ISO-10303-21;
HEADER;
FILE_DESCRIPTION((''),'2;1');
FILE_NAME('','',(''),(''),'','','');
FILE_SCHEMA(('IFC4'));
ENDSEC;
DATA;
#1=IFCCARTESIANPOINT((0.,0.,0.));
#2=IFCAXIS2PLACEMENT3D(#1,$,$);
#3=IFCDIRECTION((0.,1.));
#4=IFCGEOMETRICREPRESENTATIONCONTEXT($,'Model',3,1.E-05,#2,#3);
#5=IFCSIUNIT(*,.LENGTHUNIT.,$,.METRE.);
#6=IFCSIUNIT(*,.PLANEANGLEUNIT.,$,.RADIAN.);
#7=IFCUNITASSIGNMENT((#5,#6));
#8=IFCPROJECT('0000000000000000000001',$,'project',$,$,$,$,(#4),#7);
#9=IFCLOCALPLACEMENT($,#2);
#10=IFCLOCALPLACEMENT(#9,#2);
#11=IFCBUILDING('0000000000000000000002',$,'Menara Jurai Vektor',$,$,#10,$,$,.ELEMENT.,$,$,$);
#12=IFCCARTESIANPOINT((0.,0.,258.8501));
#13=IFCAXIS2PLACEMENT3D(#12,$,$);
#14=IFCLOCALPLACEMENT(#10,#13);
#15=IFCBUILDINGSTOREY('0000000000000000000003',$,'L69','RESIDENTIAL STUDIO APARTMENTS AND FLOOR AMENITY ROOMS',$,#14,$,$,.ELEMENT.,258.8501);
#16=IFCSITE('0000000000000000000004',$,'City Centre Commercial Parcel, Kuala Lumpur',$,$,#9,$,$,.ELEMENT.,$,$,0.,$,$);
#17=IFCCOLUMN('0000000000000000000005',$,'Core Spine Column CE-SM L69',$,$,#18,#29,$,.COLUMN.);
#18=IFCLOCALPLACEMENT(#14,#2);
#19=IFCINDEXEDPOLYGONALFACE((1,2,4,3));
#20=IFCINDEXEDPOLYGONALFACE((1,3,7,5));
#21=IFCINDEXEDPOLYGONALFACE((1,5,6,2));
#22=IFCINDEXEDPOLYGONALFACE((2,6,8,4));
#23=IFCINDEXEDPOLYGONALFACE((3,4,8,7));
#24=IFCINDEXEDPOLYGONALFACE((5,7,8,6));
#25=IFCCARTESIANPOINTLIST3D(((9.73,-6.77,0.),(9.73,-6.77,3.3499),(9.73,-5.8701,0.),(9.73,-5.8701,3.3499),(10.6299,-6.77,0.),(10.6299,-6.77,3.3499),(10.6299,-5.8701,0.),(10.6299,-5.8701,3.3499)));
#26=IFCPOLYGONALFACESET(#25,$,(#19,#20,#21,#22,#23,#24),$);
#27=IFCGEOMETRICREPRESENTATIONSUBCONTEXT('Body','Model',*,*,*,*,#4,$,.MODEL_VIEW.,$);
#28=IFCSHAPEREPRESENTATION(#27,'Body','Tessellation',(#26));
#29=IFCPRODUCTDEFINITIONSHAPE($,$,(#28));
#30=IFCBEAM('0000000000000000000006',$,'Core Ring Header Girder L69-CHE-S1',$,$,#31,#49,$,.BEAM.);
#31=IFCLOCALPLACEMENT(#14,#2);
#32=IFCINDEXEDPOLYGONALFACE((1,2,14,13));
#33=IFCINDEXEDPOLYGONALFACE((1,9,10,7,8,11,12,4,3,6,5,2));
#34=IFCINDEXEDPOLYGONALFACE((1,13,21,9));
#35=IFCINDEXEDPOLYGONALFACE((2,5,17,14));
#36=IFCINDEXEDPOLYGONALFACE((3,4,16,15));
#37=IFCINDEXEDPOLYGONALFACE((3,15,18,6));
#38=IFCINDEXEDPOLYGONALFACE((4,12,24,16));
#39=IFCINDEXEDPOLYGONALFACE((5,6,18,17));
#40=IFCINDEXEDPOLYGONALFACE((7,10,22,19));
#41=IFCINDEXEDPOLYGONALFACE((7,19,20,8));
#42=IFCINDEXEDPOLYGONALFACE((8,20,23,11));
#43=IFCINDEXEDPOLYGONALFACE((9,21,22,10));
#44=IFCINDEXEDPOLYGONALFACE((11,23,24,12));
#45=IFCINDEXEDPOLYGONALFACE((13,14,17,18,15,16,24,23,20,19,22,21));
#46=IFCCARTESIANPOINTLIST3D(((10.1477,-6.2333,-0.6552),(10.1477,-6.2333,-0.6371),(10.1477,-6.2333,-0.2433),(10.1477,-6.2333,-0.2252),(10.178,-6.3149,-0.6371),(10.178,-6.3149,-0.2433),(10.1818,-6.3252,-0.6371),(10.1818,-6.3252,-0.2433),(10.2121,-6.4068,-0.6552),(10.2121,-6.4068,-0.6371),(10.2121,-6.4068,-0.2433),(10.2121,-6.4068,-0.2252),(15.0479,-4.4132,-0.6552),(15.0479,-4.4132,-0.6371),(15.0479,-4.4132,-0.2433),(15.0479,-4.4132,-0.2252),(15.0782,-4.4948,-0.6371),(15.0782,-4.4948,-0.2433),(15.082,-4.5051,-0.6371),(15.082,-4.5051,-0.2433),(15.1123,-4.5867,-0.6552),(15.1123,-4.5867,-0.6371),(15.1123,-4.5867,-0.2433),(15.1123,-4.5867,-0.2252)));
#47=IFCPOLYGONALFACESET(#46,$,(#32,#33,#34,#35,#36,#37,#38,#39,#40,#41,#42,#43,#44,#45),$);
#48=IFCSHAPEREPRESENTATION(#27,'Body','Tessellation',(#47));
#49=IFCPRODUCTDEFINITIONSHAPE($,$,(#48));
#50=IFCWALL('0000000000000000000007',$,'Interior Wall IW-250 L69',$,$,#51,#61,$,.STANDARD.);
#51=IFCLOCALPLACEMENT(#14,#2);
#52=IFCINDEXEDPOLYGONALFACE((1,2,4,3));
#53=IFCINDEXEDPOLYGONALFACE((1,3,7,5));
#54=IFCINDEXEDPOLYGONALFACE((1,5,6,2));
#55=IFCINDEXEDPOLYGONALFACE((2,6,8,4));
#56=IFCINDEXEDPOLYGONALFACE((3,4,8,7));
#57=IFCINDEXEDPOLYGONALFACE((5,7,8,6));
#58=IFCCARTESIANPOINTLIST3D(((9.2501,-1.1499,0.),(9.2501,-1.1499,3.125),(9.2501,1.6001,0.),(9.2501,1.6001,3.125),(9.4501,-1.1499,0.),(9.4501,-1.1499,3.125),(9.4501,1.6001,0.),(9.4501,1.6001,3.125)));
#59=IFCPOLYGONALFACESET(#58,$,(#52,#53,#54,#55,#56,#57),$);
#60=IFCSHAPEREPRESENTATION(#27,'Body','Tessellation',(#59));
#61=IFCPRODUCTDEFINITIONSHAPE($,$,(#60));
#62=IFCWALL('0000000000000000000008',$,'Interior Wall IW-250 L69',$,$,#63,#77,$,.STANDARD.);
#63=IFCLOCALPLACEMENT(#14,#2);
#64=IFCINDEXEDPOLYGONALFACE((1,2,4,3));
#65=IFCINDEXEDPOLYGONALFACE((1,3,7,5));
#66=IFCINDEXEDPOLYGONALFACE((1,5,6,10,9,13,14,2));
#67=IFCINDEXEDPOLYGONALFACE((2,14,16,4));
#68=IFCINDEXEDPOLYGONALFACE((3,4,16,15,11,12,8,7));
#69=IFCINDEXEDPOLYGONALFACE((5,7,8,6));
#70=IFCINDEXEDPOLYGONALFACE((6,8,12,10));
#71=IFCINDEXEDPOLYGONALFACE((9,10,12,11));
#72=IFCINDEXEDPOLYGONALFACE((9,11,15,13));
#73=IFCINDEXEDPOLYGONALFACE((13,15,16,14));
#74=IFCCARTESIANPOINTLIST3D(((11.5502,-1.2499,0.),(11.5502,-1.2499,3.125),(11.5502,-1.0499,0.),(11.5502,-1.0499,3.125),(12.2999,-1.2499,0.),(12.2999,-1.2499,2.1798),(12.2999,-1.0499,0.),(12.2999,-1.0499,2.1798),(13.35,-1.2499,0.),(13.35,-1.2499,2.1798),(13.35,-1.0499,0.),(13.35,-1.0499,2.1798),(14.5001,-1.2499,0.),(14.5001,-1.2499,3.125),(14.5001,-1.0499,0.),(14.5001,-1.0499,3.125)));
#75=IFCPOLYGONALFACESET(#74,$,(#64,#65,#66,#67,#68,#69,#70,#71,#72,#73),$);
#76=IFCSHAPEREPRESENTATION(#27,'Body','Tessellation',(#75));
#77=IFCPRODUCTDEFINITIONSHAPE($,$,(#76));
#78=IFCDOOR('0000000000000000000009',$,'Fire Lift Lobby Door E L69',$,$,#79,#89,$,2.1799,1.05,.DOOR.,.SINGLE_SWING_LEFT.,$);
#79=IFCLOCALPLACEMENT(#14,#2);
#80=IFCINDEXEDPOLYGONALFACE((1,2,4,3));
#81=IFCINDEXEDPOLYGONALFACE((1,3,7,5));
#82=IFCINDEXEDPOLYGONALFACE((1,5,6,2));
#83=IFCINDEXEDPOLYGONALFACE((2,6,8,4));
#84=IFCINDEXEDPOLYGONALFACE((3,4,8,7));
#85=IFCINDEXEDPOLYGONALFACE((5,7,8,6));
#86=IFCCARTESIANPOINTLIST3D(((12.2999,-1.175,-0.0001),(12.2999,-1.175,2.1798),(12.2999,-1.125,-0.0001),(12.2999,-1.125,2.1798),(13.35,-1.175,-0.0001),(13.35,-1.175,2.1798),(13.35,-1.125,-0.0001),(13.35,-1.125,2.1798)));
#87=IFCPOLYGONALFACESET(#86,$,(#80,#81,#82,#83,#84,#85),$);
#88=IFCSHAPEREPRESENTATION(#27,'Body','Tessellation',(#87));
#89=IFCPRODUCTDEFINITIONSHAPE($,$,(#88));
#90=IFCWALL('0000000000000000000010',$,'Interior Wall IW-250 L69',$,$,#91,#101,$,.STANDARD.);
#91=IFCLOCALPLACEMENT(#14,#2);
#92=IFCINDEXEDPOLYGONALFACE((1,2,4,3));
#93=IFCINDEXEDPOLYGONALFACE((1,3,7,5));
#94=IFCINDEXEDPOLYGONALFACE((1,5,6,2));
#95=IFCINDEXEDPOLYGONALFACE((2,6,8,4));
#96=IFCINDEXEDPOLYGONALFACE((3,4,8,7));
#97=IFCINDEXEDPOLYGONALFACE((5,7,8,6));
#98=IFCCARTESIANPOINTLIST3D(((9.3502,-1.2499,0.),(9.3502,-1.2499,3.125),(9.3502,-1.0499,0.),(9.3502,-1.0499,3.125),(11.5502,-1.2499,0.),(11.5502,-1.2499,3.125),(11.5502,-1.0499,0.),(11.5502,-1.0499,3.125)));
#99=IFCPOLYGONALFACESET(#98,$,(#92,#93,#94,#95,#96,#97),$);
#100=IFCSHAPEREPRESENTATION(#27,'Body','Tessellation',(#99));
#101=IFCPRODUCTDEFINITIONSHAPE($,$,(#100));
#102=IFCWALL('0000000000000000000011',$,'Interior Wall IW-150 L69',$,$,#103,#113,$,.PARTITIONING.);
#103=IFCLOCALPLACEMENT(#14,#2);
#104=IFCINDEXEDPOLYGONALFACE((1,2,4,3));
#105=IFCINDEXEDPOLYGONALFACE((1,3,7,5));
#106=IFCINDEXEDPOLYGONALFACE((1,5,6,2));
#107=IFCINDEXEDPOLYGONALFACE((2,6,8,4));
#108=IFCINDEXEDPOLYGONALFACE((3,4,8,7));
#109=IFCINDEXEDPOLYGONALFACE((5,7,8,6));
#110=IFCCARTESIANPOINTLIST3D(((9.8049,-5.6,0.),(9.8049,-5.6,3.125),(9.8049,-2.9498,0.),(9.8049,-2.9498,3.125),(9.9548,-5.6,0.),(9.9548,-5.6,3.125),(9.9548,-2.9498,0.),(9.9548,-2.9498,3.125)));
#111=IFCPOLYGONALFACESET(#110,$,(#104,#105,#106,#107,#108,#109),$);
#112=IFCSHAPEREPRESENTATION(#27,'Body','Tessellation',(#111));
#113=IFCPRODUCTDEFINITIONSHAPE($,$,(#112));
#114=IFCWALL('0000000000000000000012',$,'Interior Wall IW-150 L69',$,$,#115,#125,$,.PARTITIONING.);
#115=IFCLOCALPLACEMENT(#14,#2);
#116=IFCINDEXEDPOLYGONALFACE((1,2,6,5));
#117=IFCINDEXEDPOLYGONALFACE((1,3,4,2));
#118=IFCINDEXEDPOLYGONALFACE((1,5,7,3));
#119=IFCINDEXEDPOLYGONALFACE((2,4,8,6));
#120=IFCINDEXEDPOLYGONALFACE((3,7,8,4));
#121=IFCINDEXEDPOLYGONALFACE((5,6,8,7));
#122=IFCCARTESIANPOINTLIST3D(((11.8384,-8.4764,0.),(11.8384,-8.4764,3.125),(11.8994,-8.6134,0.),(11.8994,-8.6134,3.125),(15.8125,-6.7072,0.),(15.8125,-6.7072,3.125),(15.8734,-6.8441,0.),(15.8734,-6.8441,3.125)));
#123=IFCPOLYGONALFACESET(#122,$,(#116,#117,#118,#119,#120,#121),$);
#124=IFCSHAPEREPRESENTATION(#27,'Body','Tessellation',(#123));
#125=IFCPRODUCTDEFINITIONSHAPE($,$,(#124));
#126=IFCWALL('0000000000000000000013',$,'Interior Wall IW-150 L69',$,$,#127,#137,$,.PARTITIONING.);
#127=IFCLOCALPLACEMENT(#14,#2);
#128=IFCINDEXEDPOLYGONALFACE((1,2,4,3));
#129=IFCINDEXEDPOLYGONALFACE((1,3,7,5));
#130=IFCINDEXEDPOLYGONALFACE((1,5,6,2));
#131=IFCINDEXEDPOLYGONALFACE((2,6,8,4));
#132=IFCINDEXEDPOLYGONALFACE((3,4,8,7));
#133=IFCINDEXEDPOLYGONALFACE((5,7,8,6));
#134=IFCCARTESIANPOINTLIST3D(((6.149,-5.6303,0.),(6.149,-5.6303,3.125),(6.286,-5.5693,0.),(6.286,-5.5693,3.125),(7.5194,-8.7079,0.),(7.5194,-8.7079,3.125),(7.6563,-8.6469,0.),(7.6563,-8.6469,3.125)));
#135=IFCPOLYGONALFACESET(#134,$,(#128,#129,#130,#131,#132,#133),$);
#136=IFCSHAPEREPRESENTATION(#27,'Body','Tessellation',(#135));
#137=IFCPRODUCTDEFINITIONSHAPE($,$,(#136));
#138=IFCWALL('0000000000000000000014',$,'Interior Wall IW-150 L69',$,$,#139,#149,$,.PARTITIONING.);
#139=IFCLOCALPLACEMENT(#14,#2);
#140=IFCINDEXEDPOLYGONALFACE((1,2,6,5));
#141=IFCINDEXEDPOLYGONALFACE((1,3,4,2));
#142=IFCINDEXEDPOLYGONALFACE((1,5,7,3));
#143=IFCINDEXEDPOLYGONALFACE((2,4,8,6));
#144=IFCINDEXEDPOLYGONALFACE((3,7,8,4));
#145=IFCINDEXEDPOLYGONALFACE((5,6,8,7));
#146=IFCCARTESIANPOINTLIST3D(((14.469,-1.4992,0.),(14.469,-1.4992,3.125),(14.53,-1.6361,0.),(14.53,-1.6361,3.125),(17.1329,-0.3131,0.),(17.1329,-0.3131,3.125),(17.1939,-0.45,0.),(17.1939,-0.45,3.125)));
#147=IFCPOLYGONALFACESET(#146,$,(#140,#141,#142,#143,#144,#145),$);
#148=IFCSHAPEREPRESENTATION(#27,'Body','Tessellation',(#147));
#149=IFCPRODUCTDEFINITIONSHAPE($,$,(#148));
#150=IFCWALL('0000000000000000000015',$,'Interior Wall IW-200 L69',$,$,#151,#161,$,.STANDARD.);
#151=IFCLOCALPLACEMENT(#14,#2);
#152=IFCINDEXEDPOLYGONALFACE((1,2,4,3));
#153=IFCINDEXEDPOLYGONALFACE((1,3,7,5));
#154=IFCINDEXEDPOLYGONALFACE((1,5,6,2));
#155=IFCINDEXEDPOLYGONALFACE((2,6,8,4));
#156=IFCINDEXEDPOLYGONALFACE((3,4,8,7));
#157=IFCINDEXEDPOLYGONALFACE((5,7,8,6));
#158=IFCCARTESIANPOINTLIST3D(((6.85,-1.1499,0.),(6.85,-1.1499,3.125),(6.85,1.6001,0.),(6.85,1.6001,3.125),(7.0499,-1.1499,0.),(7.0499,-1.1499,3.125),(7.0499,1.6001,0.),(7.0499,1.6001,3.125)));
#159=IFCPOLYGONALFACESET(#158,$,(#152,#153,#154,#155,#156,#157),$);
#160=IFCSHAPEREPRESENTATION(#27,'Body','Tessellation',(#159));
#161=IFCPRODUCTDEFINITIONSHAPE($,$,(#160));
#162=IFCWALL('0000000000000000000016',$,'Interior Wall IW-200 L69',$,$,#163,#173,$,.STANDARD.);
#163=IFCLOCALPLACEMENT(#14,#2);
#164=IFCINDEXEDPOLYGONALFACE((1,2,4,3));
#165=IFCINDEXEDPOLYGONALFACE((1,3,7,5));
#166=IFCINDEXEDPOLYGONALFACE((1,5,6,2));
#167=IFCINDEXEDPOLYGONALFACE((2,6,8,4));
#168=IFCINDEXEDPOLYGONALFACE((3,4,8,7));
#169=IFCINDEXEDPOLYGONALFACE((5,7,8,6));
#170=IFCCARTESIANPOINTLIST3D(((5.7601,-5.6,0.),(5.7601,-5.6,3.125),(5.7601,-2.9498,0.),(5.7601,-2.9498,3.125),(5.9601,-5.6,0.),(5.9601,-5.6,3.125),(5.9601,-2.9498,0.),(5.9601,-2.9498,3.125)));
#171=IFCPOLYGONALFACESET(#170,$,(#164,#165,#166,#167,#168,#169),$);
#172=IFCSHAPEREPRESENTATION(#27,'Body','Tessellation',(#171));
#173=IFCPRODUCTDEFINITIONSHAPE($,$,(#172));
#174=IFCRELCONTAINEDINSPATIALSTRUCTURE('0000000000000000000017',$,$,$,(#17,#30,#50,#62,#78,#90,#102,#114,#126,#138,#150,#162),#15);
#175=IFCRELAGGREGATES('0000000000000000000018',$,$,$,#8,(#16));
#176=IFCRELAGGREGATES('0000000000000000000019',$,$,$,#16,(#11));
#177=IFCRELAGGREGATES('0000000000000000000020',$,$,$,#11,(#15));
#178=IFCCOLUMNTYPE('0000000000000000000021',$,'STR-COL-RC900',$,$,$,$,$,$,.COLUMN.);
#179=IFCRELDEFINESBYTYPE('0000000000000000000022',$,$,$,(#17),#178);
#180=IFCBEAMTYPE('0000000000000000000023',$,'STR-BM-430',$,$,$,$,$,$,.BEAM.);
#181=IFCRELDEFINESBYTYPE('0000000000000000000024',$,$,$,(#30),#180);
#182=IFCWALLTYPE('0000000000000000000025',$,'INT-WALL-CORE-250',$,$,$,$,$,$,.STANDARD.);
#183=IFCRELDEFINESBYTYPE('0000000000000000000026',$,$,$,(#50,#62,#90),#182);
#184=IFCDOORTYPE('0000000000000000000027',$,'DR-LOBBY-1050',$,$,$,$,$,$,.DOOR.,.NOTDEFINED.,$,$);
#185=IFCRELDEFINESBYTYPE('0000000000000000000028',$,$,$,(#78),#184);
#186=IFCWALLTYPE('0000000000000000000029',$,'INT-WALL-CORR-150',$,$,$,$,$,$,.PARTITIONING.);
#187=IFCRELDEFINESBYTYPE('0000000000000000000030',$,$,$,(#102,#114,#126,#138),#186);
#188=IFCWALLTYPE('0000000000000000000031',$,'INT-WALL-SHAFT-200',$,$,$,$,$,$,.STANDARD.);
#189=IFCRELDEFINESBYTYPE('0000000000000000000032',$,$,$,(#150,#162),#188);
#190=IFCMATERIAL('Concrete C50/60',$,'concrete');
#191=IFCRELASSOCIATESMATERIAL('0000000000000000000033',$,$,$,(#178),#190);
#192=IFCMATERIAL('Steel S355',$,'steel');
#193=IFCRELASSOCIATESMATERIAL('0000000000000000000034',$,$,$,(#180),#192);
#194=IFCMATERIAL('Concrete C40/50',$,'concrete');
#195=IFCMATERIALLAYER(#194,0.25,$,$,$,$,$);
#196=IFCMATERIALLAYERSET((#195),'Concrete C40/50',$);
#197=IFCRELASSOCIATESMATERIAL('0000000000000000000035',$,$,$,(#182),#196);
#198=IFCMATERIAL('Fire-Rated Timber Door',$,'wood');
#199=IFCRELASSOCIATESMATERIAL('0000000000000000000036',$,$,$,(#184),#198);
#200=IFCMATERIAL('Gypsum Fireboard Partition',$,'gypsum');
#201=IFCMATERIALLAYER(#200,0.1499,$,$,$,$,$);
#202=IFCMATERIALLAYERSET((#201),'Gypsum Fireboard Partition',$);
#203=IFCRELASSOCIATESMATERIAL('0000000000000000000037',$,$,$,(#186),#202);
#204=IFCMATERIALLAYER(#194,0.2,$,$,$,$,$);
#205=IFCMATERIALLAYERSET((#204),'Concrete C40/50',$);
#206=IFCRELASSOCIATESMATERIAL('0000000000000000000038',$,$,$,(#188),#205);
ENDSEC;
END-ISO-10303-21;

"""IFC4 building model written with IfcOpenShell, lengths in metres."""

from ifc_helpers import new_model, si_unit, direction, frame, frame_2d, origin, origin_2d, place, context, subcontext, project, spatial, rectangle, i_section, extrude, material, layer, layer_set, material_profile, profile_set, type_object, element, fill, save


model = new_model("IFC4")

# Units and contexts
model_context = context("Model", 3, precision=1e-05, world=origin(), true_north=direction((0.0, 1.0)))
body_context = subcontext(model_context, "Body", "Model", "MODEL_VIEW")
ifc_project = project(units=[si_unit("LENGTHUNIT", "METRE"), si_unit("PLANEANGLEUNIT", "RADIAN")], contexts=[model_context])

# Site, building, storey
site_placement = place(None, origin())
site = spatial("IfcSite", under=ifc_project, at=site_placement, Name="City Centre Commercial Parcel, Kuala Lumpur", CompositionType="ELEMENT", RefElevation=0.0)
building_placement = place(site_placement, origin())
building = spatial("IfcBuilding", under=site, at=building_placement, Name="Menara Jurai Vektor", CompositionType="ELEMENT")
storey_placement = place(building_placement, frame((0.0, 0.0, 258.8501)))
storey = spatial("IfcBuildingStorey", under=building, at=storey_placement, Name="L69", Description="RESIDENTIAL STUDIO APARTMENTS AND FLOOR AMENITY ROOMS", CompositionType="ELEMENT", Elevation=258.8501)

# Column
ifc_material_1 = material(Name="Concrete C50/60", Category="concrete")
ifc_material_profile_1 = material_profile(ifc_material_1, rectangle(XDim=0.8999, YDim=0.8999, at=origin_2d()), Name="RC 900x900")
ifc_profile_set_1 = profile_set([ifc_material_profile_1], Name="Concrete C50/60")
column_type = type_object("IfcColumnType", Name="STR-COL-RC900", PredefinedType="COLUMN", material=ifc_profile_set_1)
column_placement = place(storey_placement, frame((10.1799, -6.3201, 0.0), z_axis=(0.0, 0.0, 1.0), x_axis=(1.0, 0.0, 0.0)))
element("IfcColumn", 1, at=column_placement, inside=storey, type_object=column_type, Name="Core Spine Column CE-SM L69", PredefinedType="COLUMN", context=body_context, shape_type="SweptSolid", body=[
    extrude(rectangle(XDim=0.8999, YDim=0.8999, at=origin_2d()), origin(), (0.0, 0.0, 1.0), 3.3499),
])

# Beam
ifc_material_2 = material(Name="Steel S355", Category="steel")
ifc_material_profile_2 = material_profile(ifc_material_2, i_section(OverallWidth=0.1851, OverallDepth=0.4299, WebThickness=0.011, FlangeThickness=0.0181, at=origin_2d()), Name="PG 430x185x76")
ifc_profile_set_2 = profile_set([ifc_material_profile_2], Name="Steel S355")
beam_type = type_object("IfcBeamType", Name="STR-BM-430", PredefinedType="BEAM", material=ifc_profile_set_2)
beam_placement = place(storey_placement, frame((10.1799, -6.3201, -0.4402), z_axis=(0.937424, 0.348189, 0.0), x_axis=(-0.348189, 0.937424, 0.0)))
element("IfcBeam", 2, at=beam_placement, inside=storey, type_object=beam_type, Name="Core Ring Header Girder L69-CHE-S1", PredefinedType="BEAM", context=body_context, shape_type="SweptSolid", body=[
    extrude(i_section(OverallWidth=0.1851, OverallDepth=0.4299, WebThickness=0.011, FlangeThickness=0.0181, at=origin_2d()), origin(), (0.0, 0.0, 1.0), 5.2273),
])

# Shared definitions
ifc_material_3 = material(Name="Concrete C40/50", Category="concrete")
ifc_layer_1 = layer(ifc_material_3, 0.25)
ifc_layer_set_1 = layer_set([ifc_layer_1], Name="Concrete C40/50")
wall_type_1 = type_object("IfcWallType", Name="INT-WALL-CORE-250", PredefinedType="STANDARD", material=ifc_layer_set_1)

# Wall
wall_1_placement = place(storey_placement, frame((9.3501, -1.1499, 0.0), z_axis=(0.0, 0.0, 1.0), x_axis=(0.0, 1.0, 0.0)))
element("IfcWall", 3, at=wall_1_placement, inside=storey, type_object=wall_type_1, Name="Interior Wall IW-250 L69", PredefinedType="STANDARD", context=body_context, shape_type="SweptSolid", body=[
    extrude(rectangle(XDim=2.75, YDim=0.2, at=frame_2d((1.375, 0.0))), origin(), (0.0, 0.0, 1.0), 3.125),
])

# Wall, opening, door
wall_2_placement = place(storey_placement, frame((11.55, -1.1499, 0.0), z_axis=(0.0, 0.0, 1.0), x_axis=(1.0, 0.0, 0.0)))
wall_2 = element("IfcWall", 4, at=wall_2_placement, inside=storey, type_object=wall_type_1, Name="Interior Wall IW-250 L69", PredefinedType="STANDARD", context=body_context, shape_type="SweptSolid", body=[
    extrude(rectangle(XDim=2.95, YDim=0.2, at=frame_2d((1.4751, 0.0))), origin(), (0.0, 0.0, 1.0), 3.125),
])
opening_1_placement = place(wall_2_placement, frame((0.75, 0.0, 0.0)))
opening_1 = element("IfcOpeningElement", 5, at=opening_1_placement, cuts=wall_2, PredefinedType="OPENING", context=body_context, shape_type="SweptSolid", body=[
    extrude(rectangle(XDim=1.05, YDim=2.1799, at=frame_2d((0.5249, 1.0898))), frame((0.0, 0.1099, 0.0), z_axis=(0.0, -1.0, 0.0), x_axis=(1.0, 0.0, 0.0)), (0.0, 0.0, 1.0), 0.22),
])
ifc_material_4 = material(Name="Fire-Rated Timber Door", Category="wood")
door_type_1 = type_object("IfcDoorType", Name="DR-LOBBY-1050", OperationType="NOTDEFINED", PredefinedType="DOOR", material=ifc_material_4)
door_1_placement = place(opening_1_placement, origin())
door_1 = element("IfcDoor", 6, at=door_1_placement, inside=storey, type_object=door_type_1, Name="Fire Lift Lobby Door E L69", OperationType="SINGLE_SWING_LEFT", OverallHeight=2.1799, OverallWidth=1.05, PredefinedType="DOOR", context=body_context, shape_type="SweptSolid", body=[
    extrude(rectangle(XDim=1.05, YDim=2.1799, at=frame_2d((0.5249, 1.0898))), frame((0.0, 0.0249, 0.0), z_axis=(0.0, -1.0, 0.0), x_axis=(1.0, 0.0, 0.0)), (0.0, 0.0, 1.0), 0.05),
])
fill(opening_1, door_1)

# Walls
wall_3_placement = place(storey_placement, frame((9.3501, -1.1499, 0.0), z_axis=(0.0, 0.0, 1.0), x_axis=(1.0, 0.0, 0.0)))
element("IfcWall", 7, at=wall_3_placement, inside=storey, type_object=wall_type_1, Name="Interior Wall IW-250 L69", PredefinedType="STANDARD", context=body_context, shape_type="SweptSolid", body=[
    extrude(rectangle(XDim=2.2, YDim=0.2, at=frame_2d((1.1001, 0.0))), origin(), (0.0, 0.0, 1.0), 3.125),
])
ifc_material_5 = material(Name="Gypsum Fireboard Partition", Category="gypsum")
ifc_layer_2 = layer(ifc_material_5, 0.1499)
ifc_layer_set_2 = layer_set([ifc_layer_2], Name="Gypsum Fireboard Partition")
wall_type_2 = type_object("IfcWallType", Name="INT-WALL-CORR-150", PredefinedType="PARTITIONING", material=ifc_layer_set_2)
wall_4_placement = place(storey_placement, frame((9.8799, -5.6001, 0.0), z_axis=(0.0, 0.0, 1.0), x_axis=(0.0, 1.0, 0.0)))
element("IfcWall", 8, at=wall_4_placement, inside=storey, type_object=wall_type_2, Name="Interior Wall IW-150 L69", PredefinedType="PARTITIONING", context=body_context, shape_type="SweptSolid", body=[
    extrude(rectangle(XDim=2.6501, YDim=0.1499, at=frame_2d((1.3252, 0.0))), origin(), (0.0, 0.0, 1.0), 3.125),
])
wall_5_placement = place(storey_placement, frame((11.8689, -8.5449, 0.0), z_axis=(0.0, 0.0, 1.0), x_axis=(0.913554, 0.406716, 0.0)))
element("IfcWall", 9, at=wall_5_placement, inside=storey, type_object=wall_type_2, Name="Interior Wall IW-150 L69", PredefinedType="PARTITIONING", context=body_context, shape_type="SweptSolid", body=[
    extrude(rectangle(XDim=4.3501, YDim=0.1499, at=frame_2d((2.175, 0.0))), origin(), (0.0, 0.0, 1.0), 3.125),
])
wall_6_placement = place(storey_placement, frame((7.5879, -8.6775, 0.0), z_axis=(0.0, 0.0, 1.0), x_axis=(-0.406764, 0.913533, 0.0)))
element("IfcWall", 10, at=wall_6_placement, inside=storey, type_object=wall_type_2, Name="Interior Wall IW-150 L69", PredefinedType="PARTITIONING", context=body_context, shape_type="SweptSolid", body=[
    extrude(rectangle(XDim=3.3689, YDim=0.1499, at=frame_2d((1.6846, 0.0))), origin(), (0.0, 0.0, 1.0), 3.125),
])
wall_7_placement = place(storey_placement, frame((14.4995, -1.5676, 0.0), z_axis=(0.0, 0.0, 1.0), x_axis=(0.913542, 0.406744, 0.0)))
element("IfcWall", 11, at=wall_7_placement, inside=storey, type_object=wall_type_2, Name="Interior Wall IW-150 L69", PredefinedType="PARTITIONING", context=body_context, shape_type="SweptSolid", body=[
    extrude(rectangle(XDim=2.916, YDim=0.1499, at=frame_2d((1.458, 0.0))), origin(), (0.0, 0.0, 1.0), 3.125),
])
ifc_layer_3 = layer(ifc_material_3, 0.2)
ifc_layer_set_3 = layer_set([ifc_layer_3], Name="Concrete C40/50")
wall_type_3 = type_object("IfcWallType", Name="INT-WALL-SHAFT-200", PredefinedType="STANDARD", material=ifc_layer_set_3)
wall_8_placement = place(storey_placement, frame((6.95, -1.1499, 0.0), z_axis=(0.0, 0.0, 1.0), x_axis=(0.0, 1.0, 0.0)))
element("IfcWall", 12, at=wall_8_placement, inside=storey, type_object=wall_type_3, Name="Interior Wall IW-200 L69", PredefinedType="STANDARD", context=body_context, shape_type="SweptSolid", body=[
    extrude(rectangle(XDim=2.75, YDim=0.2, at=frame_2d((1.375, 0.0))), origin(), (0.0, 0.0, 1.0), 3.125),
])

# Wall
wall_9_placement = place(storey_placement, frame((5.8601, -5.6001, 0.0), z_axis=(0.0, 0.0, 1.0), x_axis=(0.0, 1.0, 0.0)))
element("IfcWall", 13, at=wall_9_placement, inside=storey, type_object=wall_type_3, Name="Interior Wall IW-200 L69", PredefinedType="STANDARD", context=body_context, shape_type="SweptSolid", body=[
    extrude(rectangle(XDim=2.6501, YDim=0.2, at=frame_2d((1.3252, 0.0))), origin(), (0.0, 0.0, 1.0), 3.125),
])

save(model, "model.ifc")
